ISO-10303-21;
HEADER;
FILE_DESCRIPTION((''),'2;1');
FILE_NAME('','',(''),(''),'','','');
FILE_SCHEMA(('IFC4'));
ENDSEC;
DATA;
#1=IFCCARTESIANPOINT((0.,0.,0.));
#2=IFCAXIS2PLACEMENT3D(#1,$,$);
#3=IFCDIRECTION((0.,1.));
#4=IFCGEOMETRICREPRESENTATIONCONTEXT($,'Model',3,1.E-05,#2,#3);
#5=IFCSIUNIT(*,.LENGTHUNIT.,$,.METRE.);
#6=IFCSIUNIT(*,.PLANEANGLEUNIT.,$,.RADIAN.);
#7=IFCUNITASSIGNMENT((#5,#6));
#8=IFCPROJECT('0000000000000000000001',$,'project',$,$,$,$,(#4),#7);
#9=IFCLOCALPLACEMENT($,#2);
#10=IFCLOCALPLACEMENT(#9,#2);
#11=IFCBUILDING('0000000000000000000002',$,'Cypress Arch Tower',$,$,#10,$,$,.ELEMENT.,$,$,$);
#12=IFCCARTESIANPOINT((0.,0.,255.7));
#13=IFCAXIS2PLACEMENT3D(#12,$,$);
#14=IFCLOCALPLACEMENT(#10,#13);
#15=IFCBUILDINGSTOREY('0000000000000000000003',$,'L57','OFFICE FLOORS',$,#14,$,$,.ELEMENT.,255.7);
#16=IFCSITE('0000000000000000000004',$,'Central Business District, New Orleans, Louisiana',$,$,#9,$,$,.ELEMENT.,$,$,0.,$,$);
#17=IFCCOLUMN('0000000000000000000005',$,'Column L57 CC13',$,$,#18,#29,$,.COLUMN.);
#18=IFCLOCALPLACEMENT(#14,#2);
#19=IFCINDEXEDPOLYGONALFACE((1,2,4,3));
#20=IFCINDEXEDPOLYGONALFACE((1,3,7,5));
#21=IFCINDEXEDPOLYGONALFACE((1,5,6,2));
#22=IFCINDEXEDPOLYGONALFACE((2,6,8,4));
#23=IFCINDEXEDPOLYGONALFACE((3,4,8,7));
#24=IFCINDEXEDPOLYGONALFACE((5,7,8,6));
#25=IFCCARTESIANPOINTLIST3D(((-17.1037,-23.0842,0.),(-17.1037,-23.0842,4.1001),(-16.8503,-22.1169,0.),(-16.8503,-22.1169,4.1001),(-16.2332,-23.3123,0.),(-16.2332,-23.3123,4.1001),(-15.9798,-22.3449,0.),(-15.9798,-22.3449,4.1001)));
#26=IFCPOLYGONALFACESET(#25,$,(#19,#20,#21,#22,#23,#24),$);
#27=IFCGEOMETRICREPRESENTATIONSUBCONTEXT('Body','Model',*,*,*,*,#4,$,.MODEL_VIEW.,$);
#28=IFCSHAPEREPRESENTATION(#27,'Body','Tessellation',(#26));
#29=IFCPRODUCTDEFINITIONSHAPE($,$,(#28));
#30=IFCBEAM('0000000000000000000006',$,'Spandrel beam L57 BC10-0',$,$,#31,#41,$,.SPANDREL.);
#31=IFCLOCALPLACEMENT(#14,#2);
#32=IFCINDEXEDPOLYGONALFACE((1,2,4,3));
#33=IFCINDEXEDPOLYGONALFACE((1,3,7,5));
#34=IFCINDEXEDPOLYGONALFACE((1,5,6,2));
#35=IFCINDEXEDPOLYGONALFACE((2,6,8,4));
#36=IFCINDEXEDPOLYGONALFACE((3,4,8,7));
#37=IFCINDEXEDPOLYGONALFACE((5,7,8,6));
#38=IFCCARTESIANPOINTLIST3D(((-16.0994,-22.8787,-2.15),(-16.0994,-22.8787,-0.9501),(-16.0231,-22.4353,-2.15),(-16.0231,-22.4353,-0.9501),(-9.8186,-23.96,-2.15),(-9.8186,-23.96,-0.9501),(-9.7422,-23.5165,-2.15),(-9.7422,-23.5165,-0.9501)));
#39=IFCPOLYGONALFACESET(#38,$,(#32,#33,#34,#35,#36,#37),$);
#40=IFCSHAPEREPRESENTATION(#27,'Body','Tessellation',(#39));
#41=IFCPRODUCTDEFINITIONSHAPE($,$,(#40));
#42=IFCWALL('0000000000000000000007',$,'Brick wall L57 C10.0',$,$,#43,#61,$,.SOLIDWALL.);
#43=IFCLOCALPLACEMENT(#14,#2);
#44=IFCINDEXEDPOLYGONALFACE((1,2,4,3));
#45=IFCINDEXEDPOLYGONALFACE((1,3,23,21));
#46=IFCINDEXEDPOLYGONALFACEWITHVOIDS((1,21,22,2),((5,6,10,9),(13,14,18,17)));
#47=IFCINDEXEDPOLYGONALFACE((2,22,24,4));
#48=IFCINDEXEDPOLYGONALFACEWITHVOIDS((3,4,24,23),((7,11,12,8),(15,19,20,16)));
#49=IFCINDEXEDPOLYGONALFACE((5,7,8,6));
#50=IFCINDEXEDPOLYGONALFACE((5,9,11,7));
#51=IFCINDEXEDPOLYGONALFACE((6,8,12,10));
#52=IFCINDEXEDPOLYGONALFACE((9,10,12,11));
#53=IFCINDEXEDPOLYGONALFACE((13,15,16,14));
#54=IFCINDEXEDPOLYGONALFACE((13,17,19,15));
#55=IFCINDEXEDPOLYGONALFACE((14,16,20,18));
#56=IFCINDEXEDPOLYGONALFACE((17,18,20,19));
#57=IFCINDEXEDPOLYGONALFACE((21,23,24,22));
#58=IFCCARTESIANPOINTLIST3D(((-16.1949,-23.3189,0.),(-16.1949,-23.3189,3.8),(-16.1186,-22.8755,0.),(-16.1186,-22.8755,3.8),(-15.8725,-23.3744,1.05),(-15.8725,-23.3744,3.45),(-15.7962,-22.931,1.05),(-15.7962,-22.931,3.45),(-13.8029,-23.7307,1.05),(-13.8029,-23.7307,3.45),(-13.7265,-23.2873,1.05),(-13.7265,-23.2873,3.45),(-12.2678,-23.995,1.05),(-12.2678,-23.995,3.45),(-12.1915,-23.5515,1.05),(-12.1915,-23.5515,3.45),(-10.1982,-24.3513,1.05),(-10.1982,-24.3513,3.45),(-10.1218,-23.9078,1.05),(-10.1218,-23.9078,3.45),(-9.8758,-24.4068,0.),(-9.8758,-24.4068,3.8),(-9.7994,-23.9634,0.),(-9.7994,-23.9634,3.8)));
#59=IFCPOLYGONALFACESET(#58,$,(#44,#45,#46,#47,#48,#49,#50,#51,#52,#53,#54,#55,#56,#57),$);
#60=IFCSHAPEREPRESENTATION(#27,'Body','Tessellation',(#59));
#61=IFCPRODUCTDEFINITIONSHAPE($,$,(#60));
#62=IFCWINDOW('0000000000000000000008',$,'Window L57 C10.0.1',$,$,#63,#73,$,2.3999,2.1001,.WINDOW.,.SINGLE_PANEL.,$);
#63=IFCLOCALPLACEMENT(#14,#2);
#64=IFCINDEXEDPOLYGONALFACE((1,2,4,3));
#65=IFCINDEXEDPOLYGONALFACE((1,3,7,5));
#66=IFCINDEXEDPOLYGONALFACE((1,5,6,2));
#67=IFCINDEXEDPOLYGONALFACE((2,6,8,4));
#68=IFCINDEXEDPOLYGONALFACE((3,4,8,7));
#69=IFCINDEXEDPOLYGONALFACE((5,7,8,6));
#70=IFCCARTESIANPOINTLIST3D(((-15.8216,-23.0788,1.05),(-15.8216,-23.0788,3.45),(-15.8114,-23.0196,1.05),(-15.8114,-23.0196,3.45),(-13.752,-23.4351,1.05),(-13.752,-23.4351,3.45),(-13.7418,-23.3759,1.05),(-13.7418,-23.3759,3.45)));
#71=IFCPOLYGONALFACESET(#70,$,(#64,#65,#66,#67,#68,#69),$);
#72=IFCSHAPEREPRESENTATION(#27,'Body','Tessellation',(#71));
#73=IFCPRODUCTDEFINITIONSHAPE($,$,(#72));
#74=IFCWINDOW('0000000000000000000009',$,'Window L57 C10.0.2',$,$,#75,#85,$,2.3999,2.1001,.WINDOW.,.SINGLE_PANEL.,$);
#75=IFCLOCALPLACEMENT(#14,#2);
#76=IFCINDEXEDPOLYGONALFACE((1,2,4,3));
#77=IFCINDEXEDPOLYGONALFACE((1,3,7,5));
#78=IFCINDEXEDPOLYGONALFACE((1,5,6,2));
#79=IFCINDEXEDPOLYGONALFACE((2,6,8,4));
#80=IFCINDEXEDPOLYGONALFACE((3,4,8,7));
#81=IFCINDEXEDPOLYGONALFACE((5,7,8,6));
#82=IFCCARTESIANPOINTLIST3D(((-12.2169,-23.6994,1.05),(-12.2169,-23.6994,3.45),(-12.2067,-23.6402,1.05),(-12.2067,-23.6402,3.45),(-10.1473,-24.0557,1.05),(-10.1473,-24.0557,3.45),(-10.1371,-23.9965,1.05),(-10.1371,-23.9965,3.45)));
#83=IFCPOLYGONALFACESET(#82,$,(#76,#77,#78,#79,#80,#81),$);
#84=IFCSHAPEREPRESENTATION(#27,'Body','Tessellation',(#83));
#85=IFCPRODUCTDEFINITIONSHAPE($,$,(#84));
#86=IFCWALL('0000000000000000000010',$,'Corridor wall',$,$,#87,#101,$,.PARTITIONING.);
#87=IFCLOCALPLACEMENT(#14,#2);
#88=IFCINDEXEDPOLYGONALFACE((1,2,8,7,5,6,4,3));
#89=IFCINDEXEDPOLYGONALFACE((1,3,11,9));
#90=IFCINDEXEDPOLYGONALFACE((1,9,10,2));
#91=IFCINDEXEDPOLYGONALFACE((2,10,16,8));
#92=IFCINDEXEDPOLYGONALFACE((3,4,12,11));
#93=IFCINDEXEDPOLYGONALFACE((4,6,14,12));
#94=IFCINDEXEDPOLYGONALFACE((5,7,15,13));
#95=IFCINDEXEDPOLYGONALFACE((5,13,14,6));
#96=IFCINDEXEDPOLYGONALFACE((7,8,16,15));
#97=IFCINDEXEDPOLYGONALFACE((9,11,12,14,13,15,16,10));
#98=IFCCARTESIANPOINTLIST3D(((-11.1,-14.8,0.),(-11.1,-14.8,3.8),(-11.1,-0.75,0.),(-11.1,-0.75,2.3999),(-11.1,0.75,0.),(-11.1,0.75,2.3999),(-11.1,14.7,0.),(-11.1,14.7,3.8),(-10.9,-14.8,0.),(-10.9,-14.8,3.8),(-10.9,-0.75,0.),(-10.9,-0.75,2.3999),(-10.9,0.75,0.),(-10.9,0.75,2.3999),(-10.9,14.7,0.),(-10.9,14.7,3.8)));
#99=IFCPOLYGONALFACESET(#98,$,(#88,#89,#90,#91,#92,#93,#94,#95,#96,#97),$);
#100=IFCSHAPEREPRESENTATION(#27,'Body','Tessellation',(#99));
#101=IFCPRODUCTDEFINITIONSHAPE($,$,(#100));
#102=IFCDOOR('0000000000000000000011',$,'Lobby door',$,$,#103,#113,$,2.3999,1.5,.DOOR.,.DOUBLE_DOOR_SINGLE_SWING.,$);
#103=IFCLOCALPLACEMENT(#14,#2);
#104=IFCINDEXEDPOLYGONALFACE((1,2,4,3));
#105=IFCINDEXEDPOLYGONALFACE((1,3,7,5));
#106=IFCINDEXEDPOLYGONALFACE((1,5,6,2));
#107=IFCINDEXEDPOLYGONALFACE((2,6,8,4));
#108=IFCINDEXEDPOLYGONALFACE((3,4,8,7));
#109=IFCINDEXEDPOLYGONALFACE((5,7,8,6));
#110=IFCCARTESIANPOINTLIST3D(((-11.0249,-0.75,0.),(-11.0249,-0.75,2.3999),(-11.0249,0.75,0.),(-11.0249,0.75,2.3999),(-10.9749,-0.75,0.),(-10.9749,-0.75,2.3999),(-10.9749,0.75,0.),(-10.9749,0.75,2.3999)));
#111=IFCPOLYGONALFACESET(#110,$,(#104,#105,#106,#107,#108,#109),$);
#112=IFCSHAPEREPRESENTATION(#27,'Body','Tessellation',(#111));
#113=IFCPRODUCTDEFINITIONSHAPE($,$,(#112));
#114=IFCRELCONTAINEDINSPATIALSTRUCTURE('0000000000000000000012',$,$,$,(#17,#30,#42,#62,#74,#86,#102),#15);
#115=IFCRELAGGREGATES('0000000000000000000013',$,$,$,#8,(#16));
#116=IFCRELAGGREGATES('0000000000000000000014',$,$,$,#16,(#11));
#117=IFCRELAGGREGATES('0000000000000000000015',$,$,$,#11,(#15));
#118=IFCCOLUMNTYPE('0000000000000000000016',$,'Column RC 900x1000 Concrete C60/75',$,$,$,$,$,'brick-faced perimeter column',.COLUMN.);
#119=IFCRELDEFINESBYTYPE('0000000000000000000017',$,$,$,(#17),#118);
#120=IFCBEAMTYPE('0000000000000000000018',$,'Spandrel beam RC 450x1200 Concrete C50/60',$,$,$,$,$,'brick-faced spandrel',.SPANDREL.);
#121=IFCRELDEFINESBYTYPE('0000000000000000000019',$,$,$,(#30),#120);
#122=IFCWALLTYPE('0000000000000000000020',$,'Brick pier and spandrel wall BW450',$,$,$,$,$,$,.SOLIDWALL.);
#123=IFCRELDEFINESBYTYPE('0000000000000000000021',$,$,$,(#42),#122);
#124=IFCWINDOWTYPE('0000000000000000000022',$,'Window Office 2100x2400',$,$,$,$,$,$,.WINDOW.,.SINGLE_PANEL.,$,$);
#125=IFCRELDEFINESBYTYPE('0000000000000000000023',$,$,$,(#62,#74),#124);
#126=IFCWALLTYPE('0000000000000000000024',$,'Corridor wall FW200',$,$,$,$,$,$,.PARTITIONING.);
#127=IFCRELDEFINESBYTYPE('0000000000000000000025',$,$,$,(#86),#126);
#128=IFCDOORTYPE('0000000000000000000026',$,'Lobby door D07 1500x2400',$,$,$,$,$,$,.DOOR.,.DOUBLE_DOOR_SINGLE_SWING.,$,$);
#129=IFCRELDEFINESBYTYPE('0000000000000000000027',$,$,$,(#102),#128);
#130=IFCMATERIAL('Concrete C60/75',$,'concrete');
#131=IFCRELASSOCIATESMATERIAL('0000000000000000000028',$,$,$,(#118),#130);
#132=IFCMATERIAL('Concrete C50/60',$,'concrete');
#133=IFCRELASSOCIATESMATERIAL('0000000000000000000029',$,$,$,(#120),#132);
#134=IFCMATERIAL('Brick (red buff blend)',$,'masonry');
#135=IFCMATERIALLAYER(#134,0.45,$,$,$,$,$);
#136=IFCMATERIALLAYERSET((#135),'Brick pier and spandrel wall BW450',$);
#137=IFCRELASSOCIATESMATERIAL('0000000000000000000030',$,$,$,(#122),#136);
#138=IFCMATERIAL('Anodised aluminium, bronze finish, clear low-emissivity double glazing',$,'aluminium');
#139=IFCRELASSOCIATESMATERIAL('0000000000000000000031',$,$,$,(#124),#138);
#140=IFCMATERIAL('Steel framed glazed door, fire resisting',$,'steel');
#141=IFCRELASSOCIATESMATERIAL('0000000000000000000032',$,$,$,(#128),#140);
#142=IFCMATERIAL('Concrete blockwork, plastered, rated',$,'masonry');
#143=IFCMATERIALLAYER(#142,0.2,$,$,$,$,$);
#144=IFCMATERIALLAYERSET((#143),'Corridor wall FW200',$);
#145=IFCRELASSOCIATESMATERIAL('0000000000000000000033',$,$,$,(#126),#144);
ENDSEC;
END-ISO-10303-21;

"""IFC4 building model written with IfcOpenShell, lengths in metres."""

from ifc_helpers import new_model, si_unit, direction, frame, frame_2d, origin, origin_2d, place, context, subcontext, project, spatial, rectangle, extrude, material, layer, layer_set, material_profile, profile_set, type_object, element, fill, save


model = new_model("IFC4")

# Units and contexts
model_context = context("Model", 3, precision=1e-05, world=origin(), true_north=direction((0.0, 1.0)))
body_context = subcontext(model_context, "Body", "Model", "MODEL_VIEW")
ifc_project = project(units=[si_unit("LENGTHUNIT", "METRE"), si_unit("PLANEANGLEUNIT", "RADIAN")], contexts=[model_context])

# Site, building, storey
site_placement = place(None, origin())
site = spatial("IfcSite", under=ifc_project, at=site_placement, Name="Central Business District, New Orleans, Louisiana", CompositionType="ELEMENT", RefElevation=0.0)
building_placement = place(site_placement, origin())
building = spatial("IfcBuilding", under=site, at=building_placement, Name="Cypress Arch Tower", CompositionType="ELEMENT")
storey_placement = place(building_placement, frame((0.0, 0.0, 255.7)))
storey = spatial("IfcBuildingStorey", under=building, at=storey_placement, Name="L57", Description="OFFICE FLOORS", CompositionType="ELEMENT", Elevation=255.7)

# Column
ifc_material_1 = material(Name="Concrete C60/75", Category="concrete")
ifc_material_profile_1 = material_profile(ifc_material_1, rectangle(XDim=0.8999, YDim=1.0, at=origin_2d()), Name="RC 900x1000")
ifc_profile_set_1 = profile_set([ifc_material_profile_1], Name="Concrete C60/75")
column_type = type_object("IfcColumnType", Name="Column RC 900x1000 Concrete C60/75", ElementType="brick-faced perimeter column", PredefinedType="COLUMN", material=ifc_profile_set_1)
column_placement = place(storey_placement, frame((-16.5417, -22.7146, 0.0), z_axis=(0.0, 0.0, 1.0), x_axis=(0.967356, -0.253422, 0.0)))
element("IfcColumn", 1, at=column_placement, inside=storey, type_object=column_type, Name="Column L57 CC13", PredefinedType="COLUMN", context=body_context, shape_type="SweptSolid", body=[
    extrude(rectangle(XDim=0.8999, YDim=1.0, at=origin_2d()), origin(), (0.0, 0.0, 1.0), 4.1001),
])

# Beam
ifc_material_2 = material(Name="Concrete C50/60", Category="concrete")
ifc_material_profile_2 = material_profile(ifc_material_2, rectangle(XDim=0.45, YDim=1.2, at=origin_2d()), Name="RC 450x1200")
ifc_profile_set_2 = profile_set([ifc_material_profile_2], Name="Concrete C50/60")
beam_type = type_object("IfcBeamType", Name="Spandrel beam RC 450x1200 Concrete C50/60", ElementType="brick-faced spandrel", PredefinedType="SPANDREL", material=ifc_profile_set_2)
beam_placement = place(storey_placement, frame((-16.0613, -22.657, -1.55), z_axis=(0.985503, -0.169658, 0.0), x_axis=(0.169658, 0.985503, 0.0)))
element("IfcBeam", 2, at=beam_placement, inside=storey, type_object=beam_type, Name="Spandrel beam L57 BC10-0", PredefinedType="SPANDREL", context=body_context, shape_type="SweptSolid", body=[
    extrude(rectangle(XDim=0.45, YDim=1.2, at=origin_2d()), origin(), (0.0, 0.0, 1.0), 6.3733),
])

# Wall, openings, windows
ifc_material_3 = material(Name="Brick (red buff blend)", Category="masonry")
ifc_layer_1 = layer(ifc_material_3, 0.45)
ifc_layer_set_1 = layer_set([ifc_layer_1], Name="Brick pier and spandrel wall BW450")
wall_type_1 = type_object("IfcWallType", Name="Brick pier and spandrel wall BW450", PredefinedType="SOLIDWALL", material=ifc_layer_set_1)
wall_1_placement = place(storey_placement, frame((-16.1567, -23.0972, 0.0), z_axis=(0.0, 0.0, 1.0), x_axis=(0.985502, -0.169663, 0.0)))
wall_1 = element("IfcWall", 3, at=wall_1_placement, inside=storey, type_object=wall_type_1, Name="Brick wall L57 C10.0", PredefinedType="SOLIDWALL", context=body_context, shape_type="SweptSolid", body=[
    extrude(rectangle(XDim=6.4121, YDim=0.45, at=frame_2d((3.2061, 0.0))), origin(), (0.0, 0.0, 1.0), 3.8),
])
opening_1_placement = place(wall_1_placement, frame((0.3271, 0.0, 1.05)))
opening_1 = element("IfcOpeningElement", 4, at=opening_1_placement, cuts=wall_1, PredefinedType="OPENING", context=body_context, shape_type="SweptSolid", body=[
    extrude(rectangle(XDim=2.1001, YDim=2.3999, at=frame_2d((1.05, 1.2))), frame((0.0, 0.2349, 0.0), z_axis=(0.0, -1.0, 0.0), x_axis=(1.0, 0.0, 0.0)), (0.0, 0.0, 1.0), 0.47),
])
opening_2_placement = place(wall_1_placement, frame((3.9849, 0.0, 1.05)))
opening_2 = element("IfcOpeningElement", 5, at=opening_2_placement, cuts=wall_1, PredefinedType="OPENING", context=body_context, shape_type="SweptSolid", body=[
    extrude(rectangle(XDim=2.1001, YDim=2.3999, at=frame_2d((1.05, 1.2))), frame((0.0, 0.2349, 0.0), z_axis=(0.0, -1.0, 0.0), x_axis=(1.0, 0.0, 0.0)), (0.0, 0.0, 1.0), 0.47),
])
ifc_material_4 = material(Name="Anodised aluminium, bronze finish, clear low-emissivity double glazing", Category="aluminium")
window_type = type_object("IfcWindowType", Name="Window Office 2100x2400", PartitioningType="SINGLE_PANEL", PredefinedType="WINDOW", material=ifc_material_4)
window_1_placement = place(opening_1_placement, origin())
window_1 = element("IfcWindow", 6, at=window_1_placement, inside=storey, type_object=window_type, Name="Window L57 C10.0.1", OverallHeight=2.3999, OverallWidth=2.1001, PartitioningType="SINGLE_PANEL", PredefinedType="WINDOW", context=body_context, shape_type="SweptSolid", body=[
    extrude(rectangle(XDim=2.1001, YDim=2.3999, at=frame_2d((1.05, 1.2))), frame((0.0, 0.135, 0.0), z_axis=(0.0, -1.0, 0.0), x_axis=(1.0, 0.0, 0.0)), (0.0, 0.0, 1.0), 0.0601),
])
fill(opening_1, window_1)
window_2_placement = place(opening_2_placement, origin())
window_2 = element("IfcWindow", 7, at=window_2_placement, inside=storey, type_object=window_type, Name="Window L57 C10.0.2", OverallHeight=2.3999, OverallWidth=2.1001, PartitioningType="SINGLE_PANEL", PredefinedType="WINDOW", context=body_context, shape_type="SweptSolid", body=[
    extrude(rectangle(XDim=2.1001, YDim=2.3999, at=frame_2d((1.05, 1.2))), frame((0.0, 0.135, 0.0), z_axis=(0.0, -1.0, 0.0), x_axis=(1.0, 0.0, 0.0)), (0.0, 0.0, 1.0), 0.0601),
])
fill(opening_2, window_2)

# Shared definitions
ifc_material_5 = material(Name="Steel framed glazed door, fire resisting", Category="steel")
door_type_1 = type_object("IfcDoorType", Name="Lobby door D07 1500x2400", OperationType="DOUBLE_DOOR_SINGLE_SWING", PredefinedType="DOOR", material=ifc_material_5)

# Shared definitions
ifc_material_6 = material(Name="Concrete blockwork, plastered, rated", Category="masonry")
ifc_layer_2 = layer(ifc_material_6, 0.2)
ifc_layer_set_2 = layer_set([ifc_layer_2], Name="Corridor wall FW200")
wall_type_2 = type_object("IfcWallType", Name="Corridor wall FW200", PredefinedType="PARTITIONING", material=ifc_layer_set_2)

# Wall, opening, door
wall_2_placement = place(storey_placement, frame((-11.0, -14.8, 0.0), z_axis=(0.0, 0.0, 1.0), x_axis=(0.0, 1.0, 0.0)))
wall_2 = element("IfcWall", 8, at=wall_2_placement, inside=storey, type_object=wall_type_2, Name="Corridor wall", PredefinedType="PARTITIONING", context=body_context, shape_type="SweptSolid", body=[
    extrude(rectangle(XDim=29.5, YDim=0.2, at=frame_2d((14.75, 0.0))), origin(), (0.0, 0.0, 1.0), 3.8),
])
opening_3_placement = place(wall_2_placement, frame((14.05, 0.0, 0.0)))
opening_3 = element("IfcOpeningElement", 9, at=opening_3_placement, cuts=wall_2, PredefinedType="OPENING", context=body_context, shape_type="SweptSolid", body=[
    extrude(rectangle(XDim=1.5, YDim=2.3999, at=frame_2d((0.75, 1.2))), frame((0.0, 0.1099, 0.0), z_axis=(0.0, -1.0, 0.0), x_axis=(1.0, 0.0, 0.0)), (0.0, 0.0, 1.0), 0.22),
])
door_1_placement = place(opening_3_placement, origin())
door_1 = element("IfcDoor", 10, at=door_1_placement, inside=storey, type_object=door_type_1, Name="Lobby door", OperationType="DOUBLE_DOOR_SINGLE_SWING", OverallHeight=2.3999, OverallWidth=1.5, PredefinedType="DOOR", context=body_context, shape_type="SweptSolid", body=[
    extrude(rectangle(XDim=1.5, YDim=2.3999, at=frame_2d((0.75, 1.2))), frame((0.0, 0.0249, 0.0), z_axis=(0.0, -1.0, 0.0), x_axis=(1.0, 0.0, 0.0)), (0.0, 0.0, 1.0), 0.05),
])
fill(opening_3, door_1)

save(model, "model.ifc")
